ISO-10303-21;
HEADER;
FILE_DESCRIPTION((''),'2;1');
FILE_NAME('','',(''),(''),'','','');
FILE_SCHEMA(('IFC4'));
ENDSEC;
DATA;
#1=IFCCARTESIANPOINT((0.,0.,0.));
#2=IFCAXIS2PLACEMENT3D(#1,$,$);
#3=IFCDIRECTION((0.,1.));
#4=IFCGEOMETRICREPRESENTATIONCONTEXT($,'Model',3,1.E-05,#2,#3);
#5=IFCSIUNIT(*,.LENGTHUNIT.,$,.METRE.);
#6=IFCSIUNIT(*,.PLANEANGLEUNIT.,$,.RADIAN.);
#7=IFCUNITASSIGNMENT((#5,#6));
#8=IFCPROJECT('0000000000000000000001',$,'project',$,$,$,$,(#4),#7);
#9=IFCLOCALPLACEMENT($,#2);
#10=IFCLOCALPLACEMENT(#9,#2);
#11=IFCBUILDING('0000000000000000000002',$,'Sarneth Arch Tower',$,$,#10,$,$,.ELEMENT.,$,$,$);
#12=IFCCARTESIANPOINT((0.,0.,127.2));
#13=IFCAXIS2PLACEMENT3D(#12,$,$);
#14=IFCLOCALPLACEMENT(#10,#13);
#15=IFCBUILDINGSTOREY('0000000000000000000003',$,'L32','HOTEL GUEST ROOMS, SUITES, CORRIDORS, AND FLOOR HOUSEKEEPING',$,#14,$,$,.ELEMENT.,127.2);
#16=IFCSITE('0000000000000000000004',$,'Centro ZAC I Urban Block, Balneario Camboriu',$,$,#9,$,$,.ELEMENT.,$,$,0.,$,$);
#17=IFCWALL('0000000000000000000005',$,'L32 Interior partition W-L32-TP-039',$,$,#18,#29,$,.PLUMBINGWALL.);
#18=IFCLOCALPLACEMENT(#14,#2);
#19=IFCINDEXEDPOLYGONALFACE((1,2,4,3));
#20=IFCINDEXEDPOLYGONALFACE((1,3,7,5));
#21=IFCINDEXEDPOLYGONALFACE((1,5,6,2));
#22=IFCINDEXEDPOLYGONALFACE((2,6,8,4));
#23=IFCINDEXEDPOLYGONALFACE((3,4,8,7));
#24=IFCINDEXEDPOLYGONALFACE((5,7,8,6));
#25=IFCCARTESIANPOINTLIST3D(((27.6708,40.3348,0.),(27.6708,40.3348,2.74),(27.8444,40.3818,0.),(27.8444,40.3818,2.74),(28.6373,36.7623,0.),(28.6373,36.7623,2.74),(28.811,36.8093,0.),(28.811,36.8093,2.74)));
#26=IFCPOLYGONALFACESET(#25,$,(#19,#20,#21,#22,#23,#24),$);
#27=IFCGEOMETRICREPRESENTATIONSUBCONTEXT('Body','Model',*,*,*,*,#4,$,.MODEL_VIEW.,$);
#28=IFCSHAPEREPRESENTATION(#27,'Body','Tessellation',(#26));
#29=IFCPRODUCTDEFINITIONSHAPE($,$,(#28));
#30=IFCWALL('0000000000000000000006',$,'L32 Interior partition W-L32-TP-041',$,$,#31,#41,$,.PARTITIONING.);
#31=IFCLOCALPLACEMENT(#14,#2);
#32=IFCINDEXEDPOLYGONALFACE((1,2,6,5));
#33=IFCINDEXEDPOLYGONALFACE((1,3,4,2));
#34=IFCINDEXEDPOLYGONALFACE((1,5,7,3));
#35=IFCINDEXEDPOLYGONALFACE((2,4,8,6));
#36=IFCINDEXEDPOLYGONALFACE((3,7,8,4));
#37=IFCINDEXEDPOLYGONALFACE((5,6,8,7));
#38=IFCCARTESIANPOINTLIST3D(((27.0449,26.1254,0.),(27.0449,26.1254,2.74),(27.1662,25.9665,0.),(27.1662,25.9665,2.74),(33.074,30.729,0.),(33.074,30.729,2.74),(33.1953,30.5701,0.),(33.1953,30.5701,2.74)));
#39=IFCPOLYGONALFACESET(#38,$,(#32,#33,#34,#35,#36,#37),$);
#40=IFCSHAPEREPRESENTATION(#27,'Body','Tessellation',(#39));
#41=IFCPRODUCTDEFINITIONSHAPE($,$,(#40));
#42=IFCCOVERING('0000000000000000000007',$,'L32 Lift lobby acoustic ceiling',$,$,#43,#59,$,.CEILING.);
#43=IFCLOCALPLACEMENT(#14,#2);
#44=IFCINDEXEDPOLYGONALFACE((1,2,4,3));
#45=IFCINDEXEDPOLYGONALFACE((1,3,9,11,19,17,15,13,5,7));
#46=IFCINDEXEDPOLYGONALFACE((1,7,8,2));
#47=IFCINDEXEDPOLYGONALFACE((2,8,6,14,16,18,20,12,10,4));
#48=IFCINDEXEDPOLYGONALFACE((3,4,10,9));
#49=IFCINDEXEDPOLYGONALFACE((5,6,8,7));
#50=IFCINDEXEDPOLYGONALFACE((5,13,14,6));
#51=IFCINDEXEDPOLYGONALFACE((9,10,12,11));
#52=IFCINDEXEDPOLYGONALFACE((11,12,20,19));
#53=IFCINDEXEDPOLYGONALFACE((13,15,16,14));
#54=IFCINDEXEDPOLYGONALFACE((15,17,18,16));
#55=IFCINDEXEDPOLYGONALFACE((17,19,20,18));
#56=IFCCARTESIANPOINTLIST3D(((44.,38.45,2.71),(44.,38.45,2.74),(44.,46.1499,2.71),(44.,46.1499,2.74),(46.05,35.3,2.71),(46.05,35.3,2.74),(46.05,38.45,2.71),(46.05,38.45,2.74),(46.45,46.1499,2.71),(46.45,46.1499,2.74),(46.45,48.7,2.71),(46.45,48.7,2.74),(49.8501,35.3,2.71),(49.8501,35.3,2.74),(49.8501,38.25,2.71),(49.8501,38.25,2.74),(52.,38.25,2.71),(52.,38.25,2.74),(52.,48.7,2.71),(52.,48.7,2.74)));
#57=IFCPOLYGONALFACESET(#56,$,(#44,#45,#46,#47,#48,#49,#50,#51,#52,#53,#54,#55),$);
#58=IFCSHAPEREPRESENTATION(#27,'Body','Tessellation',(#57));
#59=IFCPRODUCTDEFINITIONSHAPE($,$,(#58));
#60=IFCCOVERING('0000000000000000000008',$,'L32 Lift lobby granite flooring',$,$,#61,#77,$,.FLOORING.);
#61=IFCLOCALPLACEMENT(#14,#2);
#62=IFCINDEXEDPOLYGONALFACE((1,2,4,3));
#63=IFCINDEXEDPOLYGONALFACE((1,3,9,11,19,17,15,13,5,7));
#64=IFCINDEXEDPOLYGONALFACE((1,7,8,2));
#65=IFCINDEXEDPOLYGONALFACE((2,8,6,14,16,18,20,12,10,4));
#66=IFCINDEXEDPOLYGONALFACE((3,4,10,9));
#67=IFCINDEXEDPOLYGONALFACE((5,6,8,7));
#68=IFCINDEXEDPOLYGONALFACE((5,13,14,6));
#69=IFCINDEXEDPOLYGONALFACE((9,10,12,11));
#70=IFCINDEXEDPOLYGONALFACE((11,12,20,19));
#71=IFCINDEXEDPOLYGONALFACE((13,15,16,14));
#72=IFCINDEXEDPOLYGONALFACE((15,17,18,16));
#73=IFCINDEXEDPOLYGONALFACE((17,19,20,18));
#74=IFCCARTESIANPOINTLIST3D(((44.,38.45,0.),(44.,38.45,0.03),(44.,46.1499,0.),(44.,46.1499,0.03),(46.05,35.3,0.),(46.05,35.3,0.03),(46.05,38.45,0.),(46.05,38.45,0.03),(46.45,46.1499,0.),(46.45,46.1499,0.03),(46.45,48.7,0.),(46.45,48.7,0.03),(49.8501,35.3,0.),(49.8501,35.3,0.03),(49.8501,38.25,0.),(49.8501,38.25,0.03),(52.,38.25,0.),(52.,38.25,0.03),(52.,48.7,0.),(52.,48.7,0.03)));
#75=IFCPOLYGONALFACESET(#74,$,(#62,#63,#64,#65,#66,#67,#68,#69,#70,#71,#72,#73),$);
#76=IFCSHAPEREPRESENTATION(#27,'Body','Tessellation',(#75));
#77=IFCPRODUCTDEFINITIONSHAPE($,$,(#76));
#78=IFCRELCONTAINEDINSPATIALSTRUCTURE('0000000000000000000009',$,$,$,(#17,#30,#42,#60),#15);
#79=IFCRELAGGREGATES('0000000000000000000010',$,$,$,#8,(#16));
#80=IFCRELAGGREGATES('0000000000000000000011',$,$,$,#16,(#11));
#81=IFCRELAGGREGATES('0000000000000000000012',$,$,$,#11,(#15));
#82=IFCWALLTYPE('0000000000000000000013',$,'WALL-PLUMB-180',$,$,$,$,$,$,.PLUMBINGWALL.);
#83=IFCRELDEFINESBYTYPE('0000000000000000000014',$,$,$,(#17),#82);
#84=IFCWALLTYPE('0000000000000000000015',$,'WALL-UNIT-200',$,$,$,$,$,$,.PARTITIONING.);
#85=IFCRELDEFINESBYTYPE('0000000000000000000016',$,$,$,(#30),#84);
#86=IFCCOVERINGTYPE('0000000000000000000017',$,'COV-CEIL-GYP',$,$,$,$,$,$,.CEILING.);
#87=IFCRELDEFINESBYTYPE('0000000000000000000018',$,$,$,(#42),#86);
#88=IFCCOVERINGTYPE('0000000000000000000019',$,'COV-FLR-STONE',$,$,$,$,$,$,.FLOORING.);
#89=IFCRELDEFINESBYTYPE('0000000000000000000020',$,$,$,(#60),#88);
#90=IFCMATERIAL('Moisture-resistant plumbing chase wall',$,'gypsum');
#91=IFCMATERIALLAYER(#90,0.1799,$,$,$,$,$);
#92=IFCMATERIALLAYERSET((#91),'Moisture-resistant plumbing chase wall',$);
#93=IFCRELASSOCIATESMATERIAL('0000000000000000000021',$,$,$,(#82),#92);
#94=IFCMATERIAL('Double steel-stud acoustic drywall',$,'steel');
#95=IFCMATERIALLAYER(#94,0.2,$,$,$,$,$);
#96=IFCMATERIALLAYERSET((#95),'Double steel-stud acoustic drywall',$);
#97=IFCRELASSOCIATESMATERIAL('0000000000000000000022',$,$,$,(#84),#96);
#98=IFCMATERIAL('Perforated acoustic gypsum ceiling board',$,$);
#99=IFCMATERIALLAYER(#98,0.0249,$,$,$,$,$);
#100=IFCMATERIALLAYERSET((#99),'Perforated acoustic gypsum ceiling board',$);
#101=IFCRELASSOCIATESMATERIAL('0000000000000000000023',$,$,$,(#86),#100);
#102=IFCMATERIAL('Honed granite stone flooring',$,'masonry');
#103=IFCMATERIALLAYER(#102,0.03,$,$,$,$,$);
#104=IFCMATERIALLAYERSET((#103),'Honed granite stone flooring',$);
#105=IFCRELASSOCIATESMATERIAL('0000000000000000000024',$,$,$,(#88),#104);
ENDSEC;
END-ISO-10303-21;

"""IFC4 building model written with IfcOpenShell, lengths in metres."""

from ifc_helpers import new_model, si_unit, direction, frame, frame_2d, origin, place, context, subcontext, project, spatial, polyline, rectangle, outline, extrude, material, layer, layer_set, type_object, element, save


model = new_model("IFC4")

# Units and contexts
model_context = context("Model", 3, precision=1e-05, world=origin(), true_north=direction((0.0, 1.0)))
body_context = subcontext(model_context, "Body", "Model", "MODEL_VIEW")
ifc_project = project(units=[si_unit("LENGTHUNIT", "METRE"), si_unit("PLANEANGLEUNIT", "RADIAN")], contexts=[model_context])

# Site, building, storey
site_placement = place(None, origin())
site = spatial("IfcSite", under=ifc_project, at=site_placement, Name="Centro ZAC I Urban Block, Balneario Camboriu", CompositionType="ELEMENT", RefElevation=0.0)
building_placement = place(site_placement, origin())
building = spatial("IfcBuilding", under=site, at=building_placement, Name="Sarneth Arch Tower", CompositionType="ELEMENT")
storey_placement = place(building_placement, frame((0.0, 0.0, 127.2)))
storey = spatial("IfcBuildingStorey", under=building, at=storey_placement, Name="L32", Description="HOTEL GUEST ROOMS, SUITES, CORRIDORS, AND FLOOR HOUSEKEEPING", CompositionType="ELEMENT", Elevation=127.2)

# Walls
ifc_material_1 = material(Name="Moisture-resistant plumbing chase wall", Category="gypsum")
ifc_layer_1 = layer(ifc_material_1, 0.1799)
ifc_layer_set_1 = layer_set([ifc_layer_1], Name="Moisture-resistant plumbing chase wall")
wall_type_1 = type_object("IfcWallType", Name="WALL-PLUMB-180", PredefinedType="PLUMBINGWALL", material=ifc_layer_set_1)
wall_1_placement = place(storey_placement, frame((27.7576, 40.3584, 0.0), z_axis=(0.0, 0.0, 1.0), x_axis=(0.261163, -0.965295, 0.0)))
element("IfcWall", 1, at=wall_1_placement, inside=storey, type_object=wall_type_1, Name="L32 Interior partition W-L32-TP-039", PredefinedType="PLUMBINGWALL", context=body_context, shape_type="SweptSolid", body=[
    extrude(rectangle(XDim=3.7009, YDim=0.1799, at=frame_2d((1.8506, 0.0))), origin(), (0.0, 0.0, 1.0), 2.74),
])
ifc_material_2 = material(Name="Double steel-stud acoustic drywall", Category="steel")
ifc_layer_2 = layer(ifc_material_2, 0.2)
ifc_layer_set_2 = layer_set([ifc_layer_2], Name="Double steel-stud acoustic drywall")
wall_type_2 = type_object("IfcWallType", Name="WALL-UNIT-200", PredefinedType="PARTITIONING", material=ifc_layer_set_2)
wall_2_placement = place(storey_placement, frame((27.1055, 26.0459, 0.0), z_axis=(0.0, 0.0, 1.0), x_axis=(0.794799, 0.606873, 0.0)))
element("IfcWall", 2, at=wall_2_placement, inside=storey, type_object=wall_type_2, Name="L32 Interior partition W-L32-TP-041", PredefinedType="PARTITIONING", context=body_context, shape_type="SweptSolid", body=[
    extrude(rectangle(XDim=7.5857, YDim=0.2, at=frame_2d((3.793, 0.0))), origin(), (0.0, 0.0, 1.0), 2.74),
])

# Coverings
ifc_material_3 = material(Name="Perforated acoustic gypsum ceiling board")
ifc_layer_3 = layer(ifc_material_3, 0.0249)
ifc_layer_set_3 = layer_set([ifc_layer_3], Name="Perforated acoustic gypsum ceiling board")
covering_type_1 = type_object("IfcCoveringType", Name="COV-CEIL-GYP", PredefinedType="CEILING", material=ifc_layer_set_3)
covering_1_placement = place(storey_placement, frame((0.0, 0.0, 2.71)))
element("IfcCovering", 3, at=covering_1_placement, inside=storey, type_object=covering_type_1, Name="L32 Lift lobby acoustic ceiling", PredefinedType="CEILING", context=body_context, shape_type="SweptSolid", body=[
    extrude(outline(polyline([(49.8501, 38.25), (49.8501, 35.3), (46.05, 35.3), (46.05, 38.45), (44.0, 38.45), (44.0, 46.1499), (46.45, 46.1499), (46.45, 48.7), (52.0, 48.7), (52.0, 38.25), (49.8501, 38.25)])), origin(), (0.0, 0.0, 1.0), 0.03),
])
ifc_material_4 = material(Name="Honed granite stone flooring", Category="masonry")
ifc_layer_4 = layer(ifc_material_4, 0.03)
ifc_layer_set_4 = layer_set([ifc_layer_4], Name="Honed granite stone flooring")
covering_type_2 = type_object("IfcCoveringType", Name="COV-FLR-STONE", PredefinedType="FLOORING", material=ifc_layer_set_4)
covering_2_placement = place(storey_placement, origin())
element("IfcCovering", 4, at=covering_2_placement, inside=storey, type_object=covering_type_2, Name="L32 Lift lobby granite flooring", PredefinedType="FLOORING", context=body_context, shape_type="SweptSolid", body=[
    extrude(outline(polyline([(49.8501, 38.25), (49.8501, 35.3), (46.05, 35.3), (46.05, 38.45), (44.0, 38.45), (44.0, 46.1499), (46.45, 46.1499), (46.45, 48.7), (52.0, 48.7), (52.0, 38.25), (49.8501, 38.25)])), origin(), (0.0, 0.0, 1.0), 0.03),
])

save(model, "model.ifc")
